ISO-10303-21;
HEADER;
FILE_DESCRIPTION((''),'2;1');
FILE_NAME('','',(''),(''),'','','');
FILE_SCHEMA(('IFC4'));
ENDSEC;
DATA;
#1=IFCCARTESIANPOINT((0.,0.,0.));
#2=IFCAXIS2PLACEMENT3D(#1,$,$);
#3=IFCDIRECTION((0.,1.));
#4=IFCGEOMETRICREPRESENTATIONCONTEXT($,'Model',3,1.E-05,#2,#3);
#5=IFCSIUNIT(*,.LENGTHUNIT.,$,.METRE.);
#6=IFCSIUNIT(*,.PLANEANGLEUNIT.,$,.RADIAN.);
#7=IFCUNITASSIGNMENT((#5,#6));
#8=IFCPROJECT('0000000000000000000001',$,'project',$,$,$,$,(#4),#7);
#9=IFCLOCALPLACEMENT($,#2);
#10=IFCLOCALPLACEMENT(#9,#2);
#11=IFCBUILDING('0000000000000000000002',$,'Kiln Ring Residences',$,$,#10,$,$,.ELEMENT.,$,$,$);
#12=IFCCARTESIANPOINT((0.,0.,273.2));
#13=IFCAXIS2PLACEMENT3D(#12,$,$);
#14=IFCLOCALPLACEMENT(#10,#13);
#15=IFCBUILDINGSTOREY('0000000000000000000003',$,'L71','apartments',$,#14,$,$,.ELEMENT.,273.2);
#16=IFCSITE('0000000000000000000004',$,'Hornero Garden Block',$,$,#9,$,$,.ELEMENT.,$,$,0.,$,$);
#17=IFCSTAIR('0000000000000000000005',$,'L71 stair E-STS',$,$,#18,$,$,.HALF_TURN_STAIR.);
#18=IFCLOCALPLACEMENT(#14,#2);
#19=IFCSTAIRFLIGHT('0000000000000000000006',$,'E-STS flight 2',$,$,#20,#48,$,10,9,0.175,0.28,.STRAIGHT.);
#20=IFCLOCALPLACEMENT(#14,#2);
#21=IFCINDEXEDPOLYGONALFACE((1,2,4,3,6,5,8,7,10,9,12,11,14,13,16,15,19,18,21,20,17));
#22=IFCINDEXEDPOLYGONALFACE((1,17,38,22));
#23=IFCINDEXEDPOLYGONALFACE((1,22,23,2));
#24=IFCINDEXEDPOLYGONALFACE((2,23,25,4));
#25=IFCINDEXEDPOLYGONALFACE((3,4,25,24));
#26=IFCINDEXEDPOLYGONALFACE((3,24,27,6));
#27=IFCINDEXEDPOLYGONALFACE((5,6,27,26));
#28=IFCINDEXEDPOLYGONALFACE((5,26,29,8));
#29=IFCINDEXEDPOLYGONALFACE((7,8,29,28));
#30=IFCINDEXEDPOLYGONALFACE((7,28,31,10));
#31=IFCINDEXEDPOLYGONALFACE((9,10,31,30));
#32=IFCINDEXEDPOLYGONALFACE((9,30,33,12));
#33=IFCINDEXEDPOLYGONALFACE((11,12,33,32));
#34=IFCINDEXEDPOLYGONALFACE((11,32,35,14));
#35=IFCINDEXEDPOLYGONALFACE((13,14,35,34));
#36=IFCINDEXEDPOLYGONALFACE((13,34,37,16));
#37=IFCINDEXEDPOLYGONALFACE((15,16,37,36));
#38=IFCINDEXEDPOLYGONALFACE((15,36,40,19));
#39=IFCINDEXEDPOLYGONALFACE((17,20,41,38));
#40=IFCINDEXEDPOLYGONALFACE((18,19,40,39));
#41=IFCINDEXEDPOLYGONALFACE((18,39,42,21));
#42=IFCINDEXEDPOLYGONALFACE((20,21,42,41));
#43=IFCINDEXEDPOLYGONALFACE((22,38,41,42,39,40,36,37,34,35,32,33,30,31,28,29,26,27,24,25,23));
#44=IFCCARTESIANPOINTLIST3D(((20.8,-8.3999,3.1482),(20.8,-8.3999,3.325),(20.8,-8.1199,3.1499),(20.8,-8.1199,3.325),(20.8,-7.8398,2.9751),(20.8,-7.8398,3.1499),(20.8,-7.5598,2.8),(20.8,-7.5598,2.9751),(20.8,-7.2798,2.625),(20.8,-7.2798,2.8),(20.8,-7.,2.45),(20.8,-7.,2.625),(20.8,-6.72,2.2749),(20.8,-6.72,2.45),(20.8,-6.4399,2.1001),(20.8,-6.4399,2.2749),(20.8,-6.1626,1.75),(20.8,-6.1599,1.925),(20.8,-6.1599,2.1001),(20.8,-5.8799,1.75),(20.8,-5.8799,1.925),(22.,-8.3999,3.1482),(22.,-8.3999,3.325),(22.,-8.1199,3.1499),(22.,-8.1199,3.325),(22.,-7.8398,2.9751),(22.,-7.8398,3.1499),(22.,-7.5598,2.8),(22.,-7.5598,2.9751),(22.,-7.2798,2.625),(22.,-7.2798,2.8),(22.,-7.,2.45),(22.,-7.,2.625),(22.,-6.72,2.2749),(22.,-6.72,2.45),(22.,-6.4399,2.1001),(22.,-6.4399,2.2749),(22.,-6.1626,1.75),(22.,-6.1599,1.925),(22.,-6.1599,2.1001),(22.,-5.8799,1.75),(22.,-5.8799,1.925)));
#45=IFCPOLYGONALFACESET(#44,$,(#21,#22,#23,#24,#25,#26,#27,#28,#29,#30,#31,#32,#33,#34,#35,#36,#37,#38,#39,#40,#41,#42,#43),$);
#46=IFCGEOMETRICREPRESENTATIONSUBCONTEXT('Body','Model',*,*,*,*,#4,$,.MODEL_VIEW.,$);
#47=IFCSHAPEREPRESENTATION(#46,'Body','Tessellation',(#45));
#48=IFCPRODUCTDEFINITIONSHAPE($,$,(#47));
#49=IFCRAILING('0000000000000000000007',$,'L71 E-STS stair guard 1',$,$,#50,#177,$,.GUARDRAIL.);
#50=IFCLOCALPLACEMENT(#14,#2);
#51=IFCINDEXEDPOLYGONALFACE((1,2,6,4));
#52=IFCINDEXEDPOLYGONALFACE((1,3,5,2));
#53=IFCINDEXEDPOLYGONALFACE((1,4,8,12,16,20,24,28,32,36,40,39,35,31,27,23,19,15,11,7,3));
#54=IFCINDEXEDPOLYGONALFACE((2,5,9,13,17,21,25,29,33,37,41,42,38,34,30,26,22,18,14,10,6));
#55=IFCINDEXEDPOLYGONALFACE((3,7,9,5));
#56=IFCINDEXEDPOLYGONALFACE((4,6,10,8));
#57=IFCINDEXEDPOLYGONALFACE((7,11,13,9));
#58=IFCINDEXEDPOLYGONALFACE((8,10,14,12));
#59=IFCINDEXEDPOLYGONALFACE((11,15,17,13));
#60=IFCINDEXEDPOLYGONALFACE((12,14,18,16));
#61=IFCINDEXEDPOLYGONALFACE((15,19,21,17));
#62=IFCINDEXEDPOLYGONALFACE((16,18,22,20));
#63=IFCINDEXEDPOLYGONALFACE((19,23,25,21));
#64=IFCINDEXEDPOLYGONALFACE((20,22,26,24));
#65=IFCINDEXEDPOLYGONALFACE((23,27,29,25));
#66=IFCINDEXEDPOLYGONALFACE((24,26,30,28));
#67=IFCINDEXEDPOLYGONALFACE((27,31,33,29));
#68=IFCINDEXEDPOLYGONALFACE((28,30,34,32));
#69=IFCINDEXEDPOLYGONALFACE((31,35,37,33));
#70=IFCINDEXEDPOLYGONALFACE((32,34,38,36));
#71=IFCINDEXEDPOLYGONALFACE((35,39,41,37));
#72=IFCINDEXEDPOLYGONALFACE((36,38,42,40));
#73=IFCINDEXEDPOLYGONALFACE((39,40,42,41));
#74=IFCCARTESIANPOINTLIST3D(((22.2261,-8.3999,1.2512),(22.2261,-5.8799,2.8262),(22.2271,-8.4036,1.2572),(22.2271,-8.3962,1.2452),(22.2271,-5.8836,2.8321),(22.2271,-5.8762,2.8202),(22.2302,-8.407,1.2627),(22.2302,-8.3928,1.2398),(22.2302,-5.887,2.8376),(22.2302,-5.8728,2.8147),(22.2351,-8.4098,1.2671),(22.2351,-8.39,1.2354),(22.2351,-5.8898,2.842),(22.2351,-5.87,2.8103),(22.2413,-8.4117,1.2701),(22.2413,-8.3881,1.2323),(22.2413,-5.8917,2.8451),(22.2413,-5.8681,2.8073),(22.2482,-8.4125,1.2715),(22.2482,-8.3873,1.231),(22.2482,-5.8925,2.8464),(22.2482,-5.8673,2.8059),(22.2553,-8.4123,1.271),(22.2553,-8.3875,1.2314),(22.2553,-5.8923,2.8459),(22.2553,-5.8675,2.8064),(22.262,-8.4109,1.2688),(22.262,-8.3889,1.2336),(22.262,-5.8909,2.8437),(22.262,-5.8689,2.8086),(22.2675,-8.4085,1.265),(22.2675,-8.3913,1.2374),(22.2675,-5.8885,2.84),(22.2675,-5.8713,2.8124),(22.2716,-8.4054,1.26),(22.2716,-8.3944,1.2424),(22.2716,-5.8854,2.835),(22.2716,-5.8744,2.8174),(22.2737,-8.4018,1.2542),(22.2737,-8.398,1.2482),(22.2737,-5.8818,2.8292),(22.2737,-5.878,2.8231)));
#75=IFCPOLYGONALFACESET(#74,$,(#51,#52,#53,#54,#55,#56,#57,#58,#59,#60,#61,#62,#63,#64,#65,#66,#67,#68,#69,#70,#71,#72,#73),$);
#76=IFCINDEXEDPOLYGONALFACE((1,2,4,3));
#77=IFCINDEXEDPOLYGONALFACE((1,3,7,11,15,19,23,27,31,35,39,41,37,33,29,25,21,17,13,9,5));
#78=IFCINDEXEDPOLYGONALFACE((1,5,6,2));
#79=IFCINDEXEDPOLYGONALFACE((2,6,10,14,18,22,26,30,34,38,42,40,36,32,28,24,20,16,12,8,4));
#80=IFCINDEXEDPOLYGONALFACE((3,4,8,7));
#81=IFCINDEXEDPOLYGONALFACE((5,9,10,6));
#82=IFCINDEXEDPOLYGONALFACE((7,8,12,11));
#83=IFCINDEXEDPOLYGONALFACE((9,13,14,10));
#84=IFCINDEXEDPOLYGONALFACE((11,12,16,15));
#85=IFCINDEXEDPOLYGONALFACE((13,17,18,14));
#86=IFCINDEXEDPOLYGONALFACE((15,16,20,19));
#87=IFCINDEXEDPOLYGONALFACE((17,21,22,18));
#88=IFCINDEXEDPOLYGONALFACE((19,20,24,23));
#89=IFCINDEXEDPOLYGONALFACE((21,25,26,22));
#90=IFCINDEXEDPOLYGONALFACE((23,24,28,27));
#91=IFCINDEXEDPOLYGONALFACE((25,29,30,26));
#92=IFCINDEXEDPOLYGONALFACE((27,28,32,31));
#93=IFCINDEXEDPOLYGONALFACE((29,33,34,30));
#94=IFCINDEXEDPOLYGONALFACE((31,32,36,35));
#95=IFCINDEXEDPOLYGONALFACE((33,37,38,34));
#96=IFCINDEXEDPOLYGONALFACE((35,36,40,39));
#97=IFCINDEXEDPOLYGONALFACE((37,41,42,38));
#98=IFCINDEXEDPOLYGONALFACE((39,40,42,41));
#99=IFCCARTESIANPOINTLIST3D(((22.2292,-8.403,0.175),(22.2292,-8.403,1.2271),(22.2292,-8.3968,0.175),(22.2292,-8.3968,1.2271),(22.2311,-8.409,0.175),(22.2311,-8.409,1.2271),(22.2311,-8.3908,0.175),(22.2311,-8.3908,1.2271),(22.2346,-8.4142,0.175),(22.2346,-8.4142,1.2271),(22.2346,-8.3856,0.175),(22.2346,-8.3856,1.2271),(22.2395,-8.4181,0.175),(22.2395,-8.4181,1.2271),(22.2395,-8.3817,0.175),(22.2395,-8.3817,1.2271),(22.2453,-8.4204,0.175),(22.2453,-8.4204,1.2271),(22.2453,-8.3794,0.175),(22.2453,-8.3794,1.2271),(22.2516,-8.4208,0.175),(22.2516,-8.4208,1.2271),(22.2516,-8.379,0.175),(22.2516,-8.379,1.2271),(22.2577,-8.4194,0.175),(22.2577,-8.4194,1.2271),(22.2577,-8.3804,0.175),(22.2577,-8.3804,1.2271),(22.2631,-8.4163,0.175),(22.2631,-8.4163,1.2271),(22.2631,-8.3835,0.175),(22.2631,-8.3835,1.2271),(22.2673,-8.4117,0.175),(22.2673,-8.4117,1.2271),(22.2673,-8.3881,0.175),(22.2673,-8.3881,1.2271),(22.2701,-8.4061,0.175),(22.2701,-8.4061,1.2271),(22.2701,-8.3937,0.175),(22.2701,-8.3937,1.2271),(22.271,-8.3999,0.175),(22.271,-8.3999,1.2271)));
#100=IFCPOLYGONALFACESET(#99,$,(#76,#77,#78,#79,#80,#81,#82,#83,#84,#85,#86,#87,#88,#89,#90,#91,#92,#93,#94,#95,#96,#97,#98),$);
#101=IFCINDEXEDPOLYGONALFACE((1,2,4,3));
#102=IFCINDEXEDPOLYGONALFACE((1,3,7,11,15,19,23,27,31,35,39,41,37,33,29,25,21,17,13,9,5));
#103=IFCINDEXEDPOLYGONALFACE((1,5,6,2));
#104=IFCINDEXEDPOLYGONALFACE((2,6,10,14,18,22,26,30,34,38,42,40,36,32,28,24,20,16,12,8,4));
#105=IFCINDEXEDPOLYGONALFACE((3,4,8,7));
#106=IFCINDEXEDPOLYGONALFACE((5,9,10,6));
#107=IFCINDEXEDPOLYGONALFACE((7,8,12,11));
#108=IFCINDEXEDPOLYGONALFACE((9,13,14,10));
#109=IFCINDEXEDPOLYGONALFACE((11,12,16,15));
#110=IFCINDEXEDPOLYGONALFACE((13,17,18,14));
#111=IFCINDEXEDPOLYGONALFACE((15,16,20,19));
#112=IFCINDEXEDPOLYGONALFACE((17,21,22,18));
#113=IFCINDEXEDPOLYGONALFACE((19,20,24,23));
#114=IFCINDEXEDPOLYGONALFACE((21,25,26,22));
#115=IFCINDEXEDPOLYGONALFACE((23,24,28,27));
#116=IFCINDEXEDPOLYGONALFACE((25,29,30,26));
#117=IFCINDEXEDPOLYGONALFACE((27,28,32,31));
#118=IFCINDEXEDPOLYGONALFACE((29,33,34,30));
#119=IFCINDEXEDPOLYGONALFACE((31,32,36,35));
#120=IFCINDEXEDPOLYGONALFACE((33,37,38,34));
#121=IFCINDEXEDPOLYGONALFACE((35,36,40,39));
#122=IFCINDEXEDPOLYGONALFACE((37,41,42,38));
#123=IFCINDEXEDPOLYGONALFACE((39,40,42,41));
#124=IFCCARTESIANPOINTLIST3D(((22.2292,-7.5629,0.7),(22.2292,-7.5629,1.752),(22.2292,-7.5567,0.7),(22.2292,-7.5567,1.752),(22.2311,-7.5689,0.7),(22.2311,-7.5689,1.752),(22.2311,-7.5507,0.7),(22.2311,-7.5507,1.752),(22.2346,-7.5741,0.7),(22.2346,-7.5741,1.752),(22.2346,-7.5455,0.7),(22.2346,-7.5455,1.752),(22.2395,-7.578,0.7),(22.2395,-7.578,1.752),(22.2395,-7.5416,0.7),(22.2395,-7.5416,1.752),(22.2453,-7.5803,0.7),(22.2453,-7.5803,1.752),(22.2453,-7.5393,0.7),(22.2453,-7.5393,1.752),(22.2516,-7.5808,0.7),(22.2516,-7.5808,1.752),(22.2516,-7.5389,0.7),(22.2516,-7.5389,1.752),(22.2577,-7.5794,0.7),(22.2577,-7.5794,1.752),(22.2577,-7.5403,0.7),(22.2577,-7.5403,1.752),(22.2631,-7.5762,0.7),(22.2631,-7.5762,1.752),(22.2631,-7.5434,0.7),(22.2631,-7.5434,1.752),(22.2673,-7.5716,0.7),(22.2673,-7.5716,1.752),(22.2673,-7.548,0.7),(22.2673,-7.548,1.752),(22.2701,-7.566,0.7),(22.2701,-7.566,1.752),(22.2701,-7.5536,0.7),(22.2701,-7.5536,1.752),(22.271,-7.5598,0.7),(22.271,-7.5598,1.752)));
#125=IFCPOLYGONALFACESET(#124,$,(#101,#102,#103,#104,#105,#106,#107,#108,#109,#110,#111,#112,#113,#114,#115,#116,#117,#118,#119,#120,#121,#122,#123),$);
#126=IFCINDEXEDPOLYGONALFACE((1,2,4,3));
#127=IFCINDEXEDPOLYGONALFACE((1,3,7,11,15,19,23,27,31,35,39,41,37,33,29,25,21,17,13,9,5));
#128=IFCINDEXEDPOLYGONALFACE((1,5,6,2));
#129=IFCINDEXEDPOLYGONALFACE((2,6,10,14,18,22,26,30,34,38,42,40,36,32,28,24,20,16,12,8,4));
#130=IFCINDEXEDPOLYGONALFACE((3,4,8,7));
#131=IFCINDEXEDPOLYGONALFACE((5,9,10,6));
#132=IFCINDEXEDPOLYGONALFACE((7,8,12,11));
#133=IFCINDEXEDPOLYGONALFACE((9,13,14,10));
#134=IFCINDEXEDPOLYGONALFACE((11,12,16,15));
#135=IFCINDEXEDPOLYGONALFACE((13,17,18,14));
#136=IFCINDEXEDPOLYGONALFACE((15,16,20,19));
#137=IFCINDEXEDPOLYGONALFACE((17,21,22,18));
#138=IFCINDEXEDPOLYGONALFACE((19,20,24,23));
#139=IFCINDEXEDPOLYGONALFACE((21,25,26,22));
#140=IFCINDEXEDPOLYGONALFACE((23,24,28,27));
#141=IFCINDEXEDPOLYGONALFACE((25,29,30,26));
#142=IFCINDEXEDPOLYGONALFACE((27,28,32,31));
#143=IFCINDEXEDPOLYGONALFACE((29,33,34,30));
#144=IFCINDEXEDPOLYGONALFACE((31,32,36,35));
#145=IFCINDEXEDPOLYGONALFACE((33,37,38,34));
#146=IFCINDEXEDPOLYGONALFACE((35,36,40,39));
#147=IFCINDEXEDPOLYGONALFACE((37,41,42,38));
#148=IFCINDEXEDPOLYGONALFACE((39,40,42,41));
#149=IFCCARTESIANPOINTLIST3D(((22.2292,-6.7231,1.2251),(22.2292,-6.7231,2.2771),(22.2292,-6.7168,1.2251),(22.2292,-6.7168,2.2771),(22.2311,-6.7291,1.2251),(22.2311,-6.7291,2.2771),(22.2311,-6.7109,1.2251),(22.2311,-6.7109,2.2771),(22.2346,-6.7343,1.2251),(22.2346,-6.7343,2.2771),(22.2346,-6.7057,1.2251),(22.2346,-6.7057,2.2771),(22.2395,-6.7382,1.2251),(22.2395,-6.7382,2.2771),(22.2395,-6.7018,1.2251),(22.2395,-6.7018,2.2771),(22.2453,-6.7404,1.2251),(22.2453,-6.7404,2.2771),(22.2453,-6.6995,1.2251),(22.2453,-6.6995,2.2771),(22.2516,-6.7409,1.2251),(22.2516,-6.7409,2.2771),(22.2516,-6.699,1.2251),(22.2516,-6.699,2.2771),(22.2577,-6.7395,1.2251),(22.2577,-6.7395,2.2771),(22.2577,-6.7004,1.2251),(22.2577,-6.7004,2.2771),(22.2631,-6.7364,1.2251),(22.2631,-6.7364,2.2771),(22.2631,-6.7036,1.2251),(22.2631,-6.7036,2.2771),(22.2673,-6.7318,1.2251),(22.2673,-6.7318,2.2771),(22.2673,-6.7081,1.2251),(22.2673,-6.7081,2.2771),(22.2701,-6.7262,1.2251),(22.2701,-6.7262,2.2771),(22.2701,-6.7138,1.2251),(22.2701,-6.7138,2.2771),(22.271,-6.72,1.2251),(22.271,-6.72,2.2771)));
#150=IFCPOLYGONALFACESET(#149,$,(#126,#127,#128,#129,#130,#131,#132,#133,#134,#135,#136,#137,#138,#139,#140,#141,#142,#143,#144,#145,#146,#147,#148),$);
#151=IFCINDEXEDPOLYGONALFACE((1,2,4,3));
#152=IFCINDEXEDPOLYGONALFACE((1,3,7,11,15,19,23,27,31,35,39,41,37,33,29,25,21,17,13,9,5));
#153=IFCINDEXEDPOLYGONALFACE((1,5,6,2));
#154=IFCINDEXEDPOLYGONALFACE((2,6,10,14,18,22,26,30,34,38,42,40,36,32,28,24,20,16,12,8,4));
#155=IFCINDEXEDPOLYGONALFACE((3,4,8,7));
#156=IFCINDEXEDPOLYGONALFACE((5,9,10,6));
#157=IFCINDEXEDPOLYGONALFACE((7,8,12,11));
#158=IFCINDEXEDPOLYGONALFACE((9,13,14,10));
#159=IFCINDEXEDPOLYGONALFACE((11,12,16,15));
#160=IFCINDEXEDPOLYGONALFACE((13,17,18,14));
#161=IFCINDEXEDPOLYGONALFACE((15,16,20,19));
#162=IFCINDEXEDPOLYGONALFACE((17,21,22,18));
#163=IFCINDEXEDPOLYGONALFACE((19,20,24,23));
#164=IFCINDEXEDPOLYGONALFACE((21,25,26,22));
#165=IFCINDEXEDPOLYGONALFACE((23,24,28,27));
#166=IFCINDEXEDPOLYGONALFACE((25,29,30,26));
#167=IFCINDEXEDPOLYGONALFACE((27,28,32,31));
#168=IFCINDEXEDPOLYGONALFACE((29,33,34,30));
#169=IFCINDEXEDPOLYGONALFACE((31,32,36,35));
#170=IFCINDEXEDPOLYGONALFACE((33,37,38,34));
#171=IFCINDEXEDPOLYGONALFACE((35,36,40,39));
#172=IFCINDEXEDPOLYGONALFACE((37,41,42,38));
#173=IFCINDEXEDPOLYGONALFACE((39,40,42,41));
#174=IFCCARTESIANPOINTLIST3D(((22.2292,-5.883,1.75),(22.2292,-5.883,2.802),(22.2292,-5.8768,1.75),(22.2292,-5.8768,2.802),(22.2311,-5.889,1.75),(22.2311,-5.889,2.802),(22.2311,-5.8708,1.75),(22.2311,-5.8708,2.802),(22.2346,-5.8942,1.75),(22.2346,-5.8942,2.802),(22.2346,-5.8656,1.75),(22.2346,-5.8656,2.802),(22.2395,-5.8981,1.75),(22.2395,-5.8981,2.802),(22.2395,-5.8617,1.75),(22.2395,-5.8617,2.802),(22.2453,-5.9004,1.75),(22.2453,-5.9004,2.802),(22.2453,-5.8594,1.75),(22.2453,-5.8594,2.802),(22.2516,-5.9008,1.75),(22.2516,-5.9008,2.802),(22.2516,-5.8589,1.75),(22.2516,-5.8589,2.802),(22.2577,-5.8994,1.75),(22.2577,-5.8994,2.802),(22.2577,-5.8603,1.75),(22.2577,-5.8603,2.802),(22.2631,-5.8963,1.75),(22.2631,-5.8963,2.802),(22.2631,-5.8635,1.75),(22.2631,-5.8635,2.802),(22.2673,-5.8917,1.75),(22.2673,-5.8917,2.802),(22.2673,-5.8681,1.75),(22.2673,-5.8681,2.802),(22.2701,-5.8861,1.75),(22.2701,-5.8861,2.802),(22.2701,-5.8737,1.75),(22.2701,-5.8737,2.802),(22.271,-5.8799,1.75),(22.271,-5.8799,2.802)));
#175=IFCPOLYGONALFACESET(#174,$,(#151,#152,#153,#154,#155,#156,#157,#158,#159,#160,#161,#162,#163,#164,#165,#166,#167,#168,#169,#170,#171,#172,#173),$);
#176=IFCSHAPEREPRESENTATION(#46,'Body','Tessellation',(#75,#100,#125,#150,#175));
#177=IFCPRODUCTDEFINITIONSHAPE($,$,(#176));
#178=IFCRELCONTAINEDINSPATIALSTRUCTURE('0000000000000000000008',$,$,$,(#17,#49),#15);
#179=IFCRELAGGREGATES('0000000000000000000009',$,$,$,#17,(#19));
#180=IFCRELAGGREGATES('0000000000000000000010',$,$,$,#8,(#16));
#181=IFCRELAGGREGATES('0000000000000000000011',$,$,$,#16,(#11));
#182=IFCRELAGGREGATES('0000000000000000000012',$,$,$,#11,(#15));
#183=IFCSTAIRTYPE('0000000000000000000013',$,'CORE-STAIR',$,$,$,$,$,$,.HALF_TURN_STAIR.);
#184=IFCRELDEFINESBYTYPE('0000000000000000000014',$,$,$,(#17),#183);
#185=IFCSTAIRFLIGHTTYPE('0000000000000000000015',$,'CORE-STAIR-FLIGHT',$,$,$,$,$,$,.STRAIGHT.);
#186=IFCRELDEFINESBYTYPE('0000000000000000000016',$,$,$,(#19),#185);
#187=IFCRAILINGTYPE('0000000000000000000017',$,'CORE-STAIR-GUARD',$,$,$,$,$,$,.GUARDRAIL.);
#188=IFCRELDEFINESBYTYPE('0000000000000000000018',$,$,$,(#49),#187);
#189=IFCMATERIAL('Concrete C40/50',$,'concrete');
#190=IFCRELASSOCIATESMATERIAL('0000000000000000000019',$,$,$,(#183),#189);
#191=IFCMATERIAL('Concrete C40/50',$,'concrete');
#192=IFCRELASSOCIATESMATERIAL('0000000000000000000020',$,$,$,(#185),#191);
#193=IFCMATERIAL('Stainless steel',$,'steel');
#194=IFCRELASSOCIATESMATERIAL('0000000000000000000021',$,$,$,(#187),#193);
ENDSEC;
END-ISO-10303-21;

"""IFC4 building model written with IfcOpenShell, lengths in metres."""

from ifc_helpers import new_model, si_unit, direction, frame, origin, origin_2d, place, context, subcontext, project, spatial, polyline, circle, outline, extrude, material, type_object, element, aggregate, save


model = new_model("IFC4")

# Units and contexts
model_context = context("Model", 3, precision=1e-05, world=origin(), true_north=direction((0.0, 1.0)))
body_context = subcontext(model_context, "Body", "Model", "MODEL_VIEW")
ifc_project = project(units=[si_unit("LENGTHUNIT", "METRE"), si_unit("PLANEANGLEUNIT", "RADIAN")], contexts=[model_context])

# Site, building, storey
site_placement = place(None, origin())
site = spatial("IfcSite", under=ifc_project, at=site_placement, Name="Hornero Garden Block", CompositionType="ELEMENT", RefElevation=0.0)
building_placement = place(site_placement, origin())
building = spatial("IfcBuilding", under=site, at=building_placement, Name="Kiln Ring Residences", CompositionType="ELEMENT")
storey_placement = place(building_placement, frame((0.0, 0.0, 273.2)))
storey = spatial("IfcBuildingStorey", under=building, at=storey_placement, Name="L71", Description="apartments", CompositionType="ELEMENT", Elevation=273.2)

# Stair, stair flight
ifc_material_1 = material(Name="Concrete C40/50", Category="concrete")
stair_type = type_object("IfcStairType", Name="CORE-STAIR", PredefinedType="HALF_TURN_STAIR", material=ifc_material_1)
stair_placement = place(storey_placement, origin())
stair = element("IfcStair", 1, at=stair_placement, inside=storey, type_object=stair_type, Name="L71 stair E-STS", PredefinedType="HALF_TURN_STAIR")
ifc_material_2 = material(Name="Concrete C40/50", Category="concrete")
stair_flight_type = type_object("IfcStairFlightType", Name="CORE-STAIR-FLIGHT", PredefinedType="STRAIGHT", material=ifc_material_2)
stair_flight_1_placement = place(storey_placement, frame((21.3999, -5.8799, 1.75), z_axis=(0.0, 0.0, 1.0), x_axis=(0.0, -1.0, 0.0)))
stair_flight_1 = element("IfcStairFlight", 2, at=stair_flight_1_placement, type_object=stair_flight_type, Name="E-STS flight 2", NumberOfRisers=10, NumberOfTreads=9, PredefinedType="STRAIGHT", RiserHeight=0.175, TreadLength=0.28, context=body_context, shape_type="SweptSolid", body=[
    extrude(outline(polyline([(0.0, 0.0), (0.0, 0.175), (0.28, 0.175), (0.28, 0.3501), (0.5601, 0.3501), (0.5601, 0.5249), (0.8401, 0.5249), (0.8401, 0.7), (1.1201, 0.7), (1.1201, 0.875), (1.3999, 0.875), (1.3999, 1.05), (1.6799, 1.05), (1.6799, 1.2251), (1.96, 1.2251), (1.96, 1.3999), (2.24, 1.3999), (2.24, 1.575), (2.52, 1.575), (2.52, 1.75), (2.52, 1.3982), (0.2827, 0.0), (0.0, 0.0)])), frame((0.0, 0.6001, 0.0), z_axis=(0.0, -1.0, 0.0), x_axis=(1.0, 0.0, 0.0)), (0.0, 0.0, 1.0), 1.2),
])
aggregate(stair, [stair_flight_1])

# Railing
ifc_material_3 = material(Name="Stainless steel", Category="steel")
railing_type_1 = type_object("IfcRailingType", Name="CORE-STAIR-GUARD", PredefinedType="GUARDRAIL", material=ifc_material_3)
railing_1_placement = place(storey_placement, frame((22.25, -8.3999, 0.175)))
element("IfcRailing", 3, at=railing_1_placement, inside=storey, type_object=railing_type_1, Name="L71 E-STS stair guard 1", PredefinedType="GUARDRAIL", context=body_context, shape_type="SweptSolid", body=[
    extrude(circle(Radius=0.0239, at=origin_2d()), frame((0.0, 0.0, 1.0762), z_axis=(0.0, 0.848008, 0.529984), x_axis=(-1.0, 0.0, 0.0)), (0.0, 0.0, 1.0), 2.9717),
    extrude(circle(Radius=0.021, at=origin_2d()), origin(), (0.0, 0.0, 1.0), 1.052),
    extrude(circle(Radius=0.021, at=origin_2d()), frame((0.0, 0.8401, 0.5249)), (0.0, 0.0, 1.0), 1.052),
    extrude(circle(Radius=0.021, at=origin_2d()), frame((0.0, 1.6799, 1.05)), (0.0, 0.0, 1.0), 1.052),
    extrude(circle(Radius=0.021, at=origin_2d()), frame((0.0, 2.52, 1.575)), (0.0, 0.0, 1.0), 1.052),
])

save(model, "model.ifc")
